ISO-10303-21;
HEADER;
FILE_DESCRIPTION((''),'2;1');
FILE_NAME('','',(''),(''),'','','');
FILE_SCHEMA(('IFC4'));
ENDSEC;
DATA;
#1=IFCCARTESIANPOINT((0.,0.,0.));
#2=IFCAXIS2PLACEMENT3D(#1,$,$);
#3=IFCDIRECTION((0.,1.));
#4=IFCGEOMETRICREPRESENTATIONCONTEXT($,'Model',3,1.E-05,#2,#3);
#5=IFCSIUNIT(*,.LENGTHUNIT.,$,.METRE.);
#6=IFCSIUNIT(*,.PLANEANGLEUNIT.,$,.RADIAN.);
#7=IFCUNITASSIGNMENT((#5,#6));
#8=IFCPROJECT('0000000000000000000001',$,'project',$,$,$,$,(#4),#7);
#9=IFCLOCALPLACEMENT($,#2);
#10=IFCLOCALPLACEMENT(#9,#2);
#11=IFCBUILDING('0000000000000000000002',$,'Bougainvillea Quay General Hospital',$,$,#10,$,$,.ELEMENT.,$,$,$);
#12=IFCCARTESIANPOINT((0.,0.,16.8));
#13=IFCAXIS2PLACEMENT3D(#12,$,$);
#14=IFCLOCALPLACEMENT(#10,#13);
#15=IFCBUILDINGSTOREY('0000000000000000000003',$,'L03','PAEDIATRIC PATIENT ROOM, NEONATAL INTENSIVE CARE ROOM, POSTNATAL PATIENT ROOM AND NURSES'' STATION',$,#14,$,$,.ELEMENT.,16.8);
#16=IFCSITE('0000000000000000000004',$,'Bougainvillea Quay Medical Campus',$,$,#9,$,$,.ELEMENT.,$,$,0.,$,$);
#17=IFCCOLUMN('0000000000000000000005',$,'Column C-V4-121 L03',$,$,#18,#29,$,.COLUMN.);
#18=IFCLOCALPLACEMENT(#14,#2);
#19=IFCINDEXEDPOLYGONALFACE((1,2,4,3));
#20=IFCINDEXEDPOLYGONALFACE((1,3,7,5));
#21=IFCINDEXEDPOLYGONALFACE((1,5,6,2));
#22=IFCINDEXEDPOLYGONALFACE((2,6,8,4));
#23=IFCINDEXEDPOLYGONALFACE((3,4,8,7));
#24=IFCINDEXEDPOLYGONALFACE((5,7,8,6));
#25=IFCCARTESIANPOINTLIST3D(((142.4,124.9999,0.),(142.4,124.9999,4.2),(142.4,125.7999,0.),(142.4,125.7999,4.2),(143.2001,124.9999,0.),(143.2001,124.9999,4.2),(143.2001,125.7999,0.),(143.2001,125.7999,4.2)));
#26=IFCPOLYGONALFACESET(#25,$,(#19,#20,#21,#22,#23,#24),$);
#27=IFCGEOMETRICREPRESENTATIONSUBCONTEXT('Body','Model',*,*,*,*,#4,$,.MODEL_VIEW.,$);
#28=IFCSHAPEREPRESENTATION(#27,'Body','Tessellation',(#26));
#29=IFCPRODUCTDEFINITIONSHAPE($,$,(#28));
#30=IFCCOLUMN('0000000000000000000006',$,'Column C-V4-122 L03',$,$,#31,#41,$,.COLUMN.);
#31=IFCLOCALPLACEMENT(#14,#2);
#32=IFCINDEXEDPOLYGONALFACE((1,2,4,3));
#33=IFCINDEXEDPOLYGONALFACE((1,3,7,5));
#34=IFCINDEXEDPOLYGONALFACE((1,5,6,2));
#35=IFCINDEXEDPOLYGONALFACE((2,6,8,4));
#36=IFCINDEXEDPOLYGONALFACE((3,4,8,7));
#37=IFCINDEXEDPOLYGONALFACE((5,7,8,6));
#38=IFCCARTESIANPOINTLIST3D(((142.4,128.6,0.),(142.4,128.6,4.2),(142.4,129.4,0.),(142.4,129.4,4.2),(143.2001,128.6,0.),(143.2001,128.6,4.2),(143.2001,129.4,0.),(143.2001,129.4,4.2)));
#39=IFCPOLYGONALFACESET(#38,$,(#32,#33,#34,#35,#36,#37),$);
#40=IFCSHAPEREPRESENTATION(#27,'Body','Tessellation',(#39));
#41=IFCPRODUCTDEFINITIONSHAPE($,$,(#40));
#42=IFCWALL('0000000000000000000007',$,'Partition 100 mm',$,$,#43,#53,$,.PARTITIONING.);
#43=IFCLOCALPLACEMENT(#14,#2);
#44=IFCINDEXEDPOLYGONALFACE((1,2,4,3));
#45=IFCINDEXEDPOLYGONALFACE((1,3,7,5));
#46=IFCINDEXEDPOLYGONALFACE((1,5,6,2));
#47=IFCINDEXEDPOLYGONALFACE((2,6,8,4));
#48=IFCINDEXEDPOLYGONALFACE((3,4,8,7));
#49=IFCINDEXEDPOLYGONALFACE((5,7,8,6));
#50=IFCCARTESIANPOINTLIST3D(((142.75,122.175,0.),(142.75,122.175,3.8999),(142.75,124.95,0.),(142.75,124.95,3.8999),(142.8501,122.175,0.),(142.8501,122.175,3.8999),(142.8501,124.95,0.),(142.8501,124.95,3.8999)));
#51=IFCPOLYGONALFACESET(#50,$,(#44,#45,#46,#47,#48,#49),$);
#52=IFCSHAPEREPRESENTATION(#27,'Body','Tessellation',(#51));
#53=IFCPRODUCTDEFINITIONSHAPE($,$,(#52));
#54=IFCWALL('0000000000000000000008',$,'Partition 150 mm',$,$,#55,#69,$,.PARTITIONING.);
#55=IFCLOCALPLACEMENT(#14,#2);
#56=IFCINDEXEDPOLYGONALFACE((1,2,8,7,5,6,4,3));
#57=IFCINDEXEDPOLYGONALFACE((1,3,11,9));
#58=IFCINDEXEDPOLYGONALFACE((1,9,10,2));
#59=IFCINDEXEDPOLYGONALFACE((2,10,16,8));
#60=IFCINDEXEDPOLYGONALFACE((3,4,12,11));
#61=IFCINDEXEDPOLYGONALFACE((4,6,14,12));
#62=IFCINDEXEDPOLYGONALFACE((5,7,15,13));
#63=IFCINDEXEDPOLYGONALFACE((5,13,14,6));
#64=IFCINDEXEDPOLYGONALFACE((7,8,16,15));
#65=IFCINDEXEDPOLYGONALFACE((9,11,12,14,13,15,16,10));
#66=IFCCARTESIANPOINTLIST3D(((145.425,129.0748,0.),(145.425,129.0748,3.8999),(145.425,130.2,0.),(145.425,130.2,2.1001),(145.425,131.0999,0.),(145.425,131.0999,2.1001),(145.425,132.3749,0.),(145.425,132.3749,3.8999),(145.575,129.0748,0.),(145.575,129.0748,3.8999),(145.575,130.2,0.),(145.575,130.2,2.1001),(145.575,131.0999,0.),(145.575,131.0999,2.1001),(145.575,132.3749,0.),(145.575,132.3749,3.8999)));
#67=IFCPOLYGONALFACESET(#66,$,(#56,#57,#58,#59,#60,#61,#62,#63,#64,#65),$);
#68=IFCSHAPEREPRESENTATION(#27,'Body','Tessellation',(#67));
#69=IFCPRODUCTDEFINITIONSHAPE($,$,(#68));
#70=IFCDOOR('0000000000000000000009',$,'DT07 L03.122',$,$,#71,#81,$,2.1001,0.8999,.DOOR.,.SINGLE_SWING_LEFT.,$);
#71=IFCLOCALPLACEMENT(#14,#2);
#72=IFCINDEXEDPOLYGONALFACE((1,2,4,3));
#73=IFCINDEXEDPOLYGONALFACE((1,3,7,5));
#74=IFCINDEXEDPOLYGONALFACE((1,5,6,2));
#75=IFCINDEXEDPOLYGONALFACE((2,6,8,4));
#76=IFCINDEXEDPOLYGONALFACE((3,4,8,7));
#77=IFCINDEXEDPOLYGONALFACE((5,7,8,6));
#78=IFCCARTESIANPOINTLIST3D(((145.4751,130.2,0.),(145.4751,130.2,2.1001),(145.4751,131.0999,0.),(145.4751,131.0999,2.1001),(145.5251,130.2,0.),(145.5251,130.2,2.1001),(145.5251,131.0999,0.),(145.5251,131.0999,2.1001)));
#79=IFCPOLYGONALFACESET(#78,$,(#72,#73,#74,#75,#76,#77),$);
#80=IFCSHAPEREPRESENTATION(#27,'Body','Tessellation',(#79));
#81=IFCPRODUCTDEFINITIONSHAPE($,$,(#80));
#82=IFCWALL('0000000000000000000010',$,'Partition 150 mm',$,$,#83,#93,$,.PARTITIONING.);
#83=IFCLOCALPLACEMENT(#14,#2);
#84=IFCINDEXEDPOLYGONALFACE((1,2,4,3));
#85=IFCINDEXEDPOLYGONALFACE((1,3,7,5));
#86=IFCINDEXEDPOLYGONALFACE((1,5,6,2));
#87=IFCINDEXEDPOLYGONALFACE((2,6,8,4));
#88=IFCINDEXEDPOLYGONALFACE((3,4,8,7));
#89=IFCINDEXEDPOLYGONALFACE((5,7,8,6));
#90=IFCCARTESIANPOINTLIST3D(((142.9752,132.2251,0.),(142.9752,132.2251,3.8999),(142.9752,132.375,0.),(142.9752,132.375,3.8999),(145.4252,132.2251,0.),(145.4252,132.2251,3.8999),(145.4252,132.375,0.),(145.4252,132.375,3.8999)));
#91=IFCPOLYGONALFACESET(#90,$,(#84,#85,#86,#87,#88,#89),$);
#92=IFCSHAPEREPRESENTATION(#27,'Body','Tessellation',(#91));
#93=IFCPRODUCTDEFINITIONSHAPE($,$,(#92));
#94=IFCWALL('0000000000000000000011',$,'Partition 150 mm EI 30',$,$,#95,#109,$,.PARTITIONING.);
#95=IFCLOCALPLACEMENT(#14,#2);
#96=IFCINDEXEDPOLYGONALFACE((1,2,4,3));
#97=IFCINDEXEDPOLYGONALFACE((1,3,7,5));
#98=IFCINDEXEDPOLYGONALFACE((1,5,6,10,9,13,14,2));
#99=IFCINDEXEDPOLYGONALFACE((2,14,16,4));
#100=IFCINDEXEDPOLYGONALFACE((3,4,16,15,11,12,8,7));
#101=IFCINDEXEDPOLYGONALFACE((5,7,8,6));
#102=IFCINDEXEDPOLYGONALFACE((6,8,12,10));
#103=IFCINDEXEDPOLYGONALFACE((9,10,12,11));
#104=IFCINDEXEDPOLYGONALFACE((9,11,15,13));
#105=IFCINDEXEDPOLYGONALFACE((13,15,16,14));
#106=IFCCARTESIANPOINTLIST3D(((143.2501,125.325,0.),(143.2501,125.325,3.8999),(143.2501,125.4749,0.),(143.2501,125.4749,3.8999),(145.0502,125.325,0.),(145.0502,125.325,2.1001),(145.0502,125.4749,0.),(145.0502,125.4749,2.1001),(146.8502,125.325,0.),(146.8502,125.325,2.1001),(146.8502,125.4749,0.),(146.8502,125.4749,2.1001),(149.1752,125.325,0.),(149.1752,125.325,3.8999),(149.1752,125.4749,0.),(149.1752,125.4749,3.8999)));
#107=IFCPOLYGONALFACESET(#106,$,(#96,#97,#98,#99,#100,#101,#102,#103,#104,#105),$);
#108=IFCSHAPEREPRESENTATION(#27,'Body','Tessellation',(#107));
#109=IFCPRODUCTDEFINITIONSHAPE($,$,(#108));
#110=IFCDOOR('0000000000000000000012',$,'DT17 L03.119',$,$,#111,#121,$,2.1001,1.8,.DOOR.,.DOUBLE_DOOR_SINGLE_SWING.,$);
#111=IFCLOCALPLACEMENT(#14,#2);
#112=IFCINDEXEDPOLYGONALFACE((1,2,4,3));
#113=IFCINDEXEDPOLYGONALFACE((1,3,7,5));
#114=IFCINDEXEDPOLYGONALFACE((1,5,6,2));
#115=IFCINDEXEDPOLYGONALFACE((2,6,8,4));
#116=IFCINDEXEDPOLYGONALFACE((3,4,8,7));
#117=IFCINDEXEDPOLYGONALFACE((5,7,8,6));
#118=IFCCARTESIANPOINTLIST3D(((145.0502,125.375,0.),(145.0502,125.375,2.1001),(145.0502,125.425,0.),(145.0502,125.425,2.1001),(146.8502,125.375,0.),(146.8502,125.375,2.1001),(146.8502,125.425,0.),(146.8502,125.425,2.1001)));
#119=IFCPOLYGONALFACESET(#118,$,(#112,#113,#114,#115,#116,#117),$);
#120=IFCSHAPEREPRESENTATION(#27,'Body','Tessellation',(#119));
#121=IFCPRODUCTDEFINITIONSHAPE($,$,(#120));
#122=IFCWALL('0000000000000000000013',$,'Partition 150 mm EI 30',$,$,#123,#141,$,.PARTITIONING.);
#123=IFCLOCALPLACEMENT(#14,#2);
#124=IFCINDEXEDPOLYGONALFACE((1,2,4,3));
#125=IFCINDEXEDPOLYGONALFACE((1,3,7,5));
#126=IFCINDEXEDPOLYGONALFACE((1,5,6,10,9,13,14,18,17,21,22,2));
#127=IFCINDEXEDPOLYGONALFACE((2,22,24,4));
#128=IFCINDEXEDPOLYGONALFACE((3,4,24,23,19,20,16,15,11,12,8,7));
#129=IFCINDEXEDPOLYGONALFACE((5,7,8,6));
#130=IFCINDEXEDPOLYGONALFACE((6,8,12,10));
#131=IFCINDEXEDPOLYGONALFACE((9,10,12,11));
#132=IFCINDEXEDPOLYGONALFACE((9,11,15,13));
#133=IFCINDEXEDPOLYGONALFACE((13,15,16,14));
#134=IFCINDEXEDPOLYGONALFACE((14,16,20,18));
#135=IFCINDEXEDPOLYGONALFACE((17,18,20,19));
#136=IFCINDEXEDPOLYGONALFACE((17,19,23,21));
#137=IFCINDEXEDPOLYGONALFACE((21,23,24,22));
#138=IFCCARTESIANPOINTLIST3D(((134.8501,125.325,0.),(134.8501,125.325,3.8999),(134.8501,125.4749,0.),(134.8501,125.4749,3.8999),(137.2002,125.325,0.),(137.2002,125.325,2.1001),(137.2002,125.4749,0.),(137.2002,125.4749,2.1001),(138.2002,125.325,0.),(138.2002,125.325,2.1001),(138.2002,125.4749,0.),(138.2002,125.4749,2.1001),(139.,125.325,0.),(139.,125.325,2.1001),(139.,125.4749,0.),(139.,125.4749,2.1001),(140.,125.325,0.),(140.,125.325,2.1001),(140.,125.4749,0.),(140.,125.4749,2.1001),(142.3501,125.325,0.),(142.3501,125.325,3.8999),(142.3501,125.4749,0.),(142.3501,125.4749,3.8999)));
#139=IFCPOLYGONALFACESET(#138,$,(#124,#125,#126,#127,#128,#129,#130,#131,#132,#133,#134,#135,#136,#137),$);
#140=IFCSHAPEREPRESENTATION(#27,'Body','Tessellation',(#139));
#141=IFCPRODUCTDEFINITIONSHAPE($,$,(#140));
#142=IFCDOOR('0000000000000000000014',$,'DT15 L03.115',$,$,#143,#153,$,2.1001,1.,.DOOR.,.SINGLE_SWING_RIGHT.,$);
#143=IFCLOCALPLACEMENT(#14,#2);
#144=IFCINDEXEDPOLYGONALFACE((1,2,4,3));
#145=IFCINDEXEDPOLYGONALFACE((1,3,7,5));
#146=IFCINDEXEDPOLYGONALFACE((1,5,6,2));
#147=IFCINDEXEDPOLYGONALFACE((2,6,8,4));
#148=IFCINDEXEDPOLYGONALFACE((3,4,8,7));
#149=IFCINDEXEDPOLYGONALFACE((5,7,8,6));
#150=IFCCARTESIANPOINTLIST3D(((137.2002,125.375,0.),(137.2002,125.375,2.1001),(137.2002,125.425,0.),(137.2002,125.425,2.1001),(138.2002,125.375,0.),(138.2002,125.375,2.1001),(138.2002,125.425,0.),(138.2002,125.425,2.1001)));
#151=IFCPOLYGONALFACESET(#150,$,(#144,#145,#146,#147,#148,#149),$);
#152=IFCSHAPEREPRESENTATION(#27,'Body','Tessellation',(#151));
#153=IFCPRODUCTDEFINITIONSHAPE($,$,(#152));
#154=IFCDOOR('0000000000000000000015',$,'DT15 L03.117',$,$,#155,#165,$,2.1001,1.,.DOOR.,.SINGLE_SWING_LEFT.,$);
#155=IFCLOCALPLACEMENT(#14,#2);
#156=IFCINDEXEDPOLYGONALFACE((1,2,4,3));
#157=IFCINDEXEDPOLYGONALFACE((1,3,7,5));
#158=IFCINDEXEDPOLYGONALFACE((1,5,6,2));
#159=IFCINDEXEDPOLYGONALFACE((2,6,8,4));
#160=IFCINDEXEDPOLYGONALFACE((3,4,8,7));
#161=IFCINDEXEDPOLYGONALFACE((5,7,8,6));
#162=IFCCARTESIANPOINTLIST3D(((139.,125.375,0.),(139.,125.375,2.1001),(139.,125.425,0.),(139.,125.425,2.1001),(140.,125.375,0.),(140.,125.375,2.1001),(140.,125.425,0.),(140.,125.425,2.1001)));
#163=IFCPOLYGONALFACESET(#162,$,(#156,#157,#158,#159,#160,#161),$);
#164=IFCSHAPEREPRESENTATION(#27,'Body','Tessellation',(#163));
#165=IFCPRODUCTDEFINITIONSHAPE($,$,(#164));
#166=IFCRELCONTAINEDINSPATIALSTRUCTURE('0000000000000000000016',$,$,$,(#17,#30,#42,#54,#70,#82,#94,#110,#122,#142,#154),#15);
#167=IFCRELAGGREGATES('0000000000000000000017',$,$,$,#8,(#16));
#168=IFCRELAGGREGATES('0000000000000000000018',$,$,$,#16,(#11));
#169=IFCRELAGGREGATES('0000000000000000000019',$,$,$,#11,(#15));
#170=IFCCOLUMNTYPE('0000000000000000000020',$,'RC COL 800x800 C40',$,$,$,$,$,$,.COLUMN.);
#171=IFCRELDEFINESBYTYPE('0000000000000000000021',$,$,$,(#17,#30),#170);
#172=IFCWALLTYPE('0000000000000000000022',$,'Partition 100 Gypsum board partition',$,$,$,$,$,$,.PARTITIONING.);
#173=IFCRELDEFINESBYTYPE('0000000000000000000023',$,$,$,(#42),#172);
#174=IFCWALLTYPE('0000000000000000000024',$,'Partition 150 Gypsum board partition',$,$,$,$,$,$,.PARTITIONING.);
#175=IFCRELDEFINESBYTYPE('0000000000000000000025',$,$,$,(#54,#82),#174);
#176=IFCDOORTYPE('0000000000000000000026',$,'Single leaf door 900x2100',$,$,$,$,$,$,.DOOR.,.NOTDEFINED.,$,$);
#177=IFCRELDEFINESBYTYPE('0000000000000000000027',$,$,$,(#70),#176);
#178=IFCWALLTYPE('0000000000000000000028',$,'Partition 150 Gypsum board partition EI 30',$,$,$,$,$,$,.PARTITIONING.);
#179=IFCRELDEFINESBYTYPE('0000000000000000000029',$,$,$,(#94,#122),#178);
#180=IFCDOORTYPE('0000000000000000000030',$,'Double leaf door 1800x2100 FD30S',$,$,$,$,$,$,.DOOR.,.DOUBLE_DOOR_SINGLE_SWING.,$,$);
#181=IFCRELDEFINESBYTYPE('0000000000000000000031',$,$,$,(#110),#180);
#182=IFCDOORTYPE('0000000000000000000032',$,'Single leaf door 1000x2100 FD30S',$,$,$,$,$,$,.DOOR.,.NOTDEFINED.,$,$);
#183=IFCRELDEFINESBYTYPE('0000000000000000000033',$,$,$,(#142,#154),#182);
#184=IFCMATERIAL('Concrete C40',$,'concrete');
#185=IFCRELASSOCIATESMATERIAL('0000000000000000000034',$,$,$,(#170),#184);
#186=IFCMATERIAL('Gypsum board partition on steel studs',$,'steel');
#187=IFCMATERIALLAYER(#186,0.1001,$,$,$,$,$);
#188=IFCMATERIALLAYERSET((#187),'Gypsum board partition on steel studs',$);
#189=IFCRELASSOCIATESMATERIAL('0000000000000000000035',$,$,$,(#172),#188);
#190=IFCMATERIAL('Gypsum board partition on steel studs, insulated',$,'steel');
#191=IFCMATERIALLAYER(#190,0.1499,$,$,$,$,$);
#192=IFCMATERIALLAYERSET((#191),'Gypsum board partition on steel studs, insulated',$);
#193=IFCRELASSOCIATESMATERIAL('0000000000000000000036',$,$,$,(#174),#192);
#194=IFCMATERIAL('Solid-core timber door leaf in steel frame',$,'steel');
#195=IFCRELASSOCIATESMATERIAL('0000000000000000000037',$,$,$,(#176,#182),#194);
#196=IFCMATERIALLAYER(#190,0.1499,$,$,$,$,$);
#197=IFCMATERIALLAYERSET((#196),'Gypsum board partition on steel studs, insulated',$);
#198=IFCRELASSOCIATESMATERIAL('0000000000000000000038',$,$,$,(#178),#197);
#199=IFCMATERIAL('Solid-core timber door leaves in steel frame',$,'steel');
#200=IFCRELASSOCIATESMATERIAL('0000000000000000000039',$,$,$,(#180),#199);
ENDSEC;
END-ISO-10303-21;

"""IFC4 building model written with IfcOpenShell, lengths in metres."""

from ifc_helpers import new_model, si_unit, direction, frame, frame_2d, origin, origin_2d, place, context, subcontext, project, spatial, rectangle, extrude, material, layer, layer_set, material_profile, profile_set, type_object, element, fill, save


model = new_model("IFC4")

# Units and contexts
model_context = context("Model", 3, precision=1e-05, world=origin(), true_north=direction((0.0, 1.0)))
body_context = subcontext(model_context, "Body", "Model", "MODEL_VIEW")
ifc_project = project(units=[si_unit("LENGTHUNIT", "METRE"), si_unit("PLANEANGLEUNIT", "RADIAN")], contexts=[model_context])

# Site, building, storey
site_placement = place(None, origin())
site = spatial("IfcSite", under=ifc_project, at=site_placement, Name="Bougainvillea Quay Medical Campus", CompositionType="ELEMENT", RefElevation=0.0)
building_placement = place(site_placement, origin())
building = spatial("IfcBuilding", under=site, at=building_placement, Name="Bougainvillea Quay General Hospital", CompositionType="ELEMENT")
storey_placement = place(building_placement, frame((0.0, 0.0, 16.8)))
storey = spatial("IfcBuildingStorey", under=building, at=storey_placement, Name="L03", Description="PAEDIATRIC PATIENT ROOM, NEONATAL INTENSIVE CARE ROOM, POSTNATAL PATIENT ROOM AND NURSES' STATION", CompositionType="ELEMENT", Elevation=16.8)

# Columns
ifc_material_1 = material(Name="Concrete C40", Category="concrete")
ifc_material_profile_1 = material_profile(ifc_material_1, rectangle(XDim=0.8, YDim=0.8, at=origin_2d()))
ifc_profile_set_1 = profile_set([ifc_material_profile_1], Name="Concrete C40")
column_type = type_object("IfcColumnType", Name="RC COL 800x800 C40", PredefinedType="COLUMN", material=ifc_profile_set_1)
for number, where, z_axis, x_axis, name in (
    (1, (142.8, 125.3999, 0.0), (0.0, 0.0, 1.0), (1.0, 0.0, 0.0), "Column C-V4-121 L03"),
    (2, (142.8, 129.0, 0.0), (0.0, 0.0, 1.0), (1.0, 0.0, 0.0), "Column C-V4-122 L03"),
):
    element("IfcColumn", number, at=place(storey_placement, frame(where, z_axis=z_axis, x_axis=x_axis)), inside=storey, type_object=column_type, Name=name, PredefinedType="COLUMN", context=body_context, shape_type="SweptSolid", body=[
        extrude(rectangle(XDim=0.8, YDim=0.8, at=origin_2d()), origin(), (0.0, 0.0, 1.0), 4.2),
    ])

# Wall
ifc_material_2 = material(Name="Gypsum board partition on steel studs", Category="steel")
ifc_layer_1 = layer(ifc_material_2, 0.1001)
ifc_layer_set_1 = layer_set([ifc_layer_1], Name="Gypsum board partition on steel studs")
wall_type_1 = type_object("IfcWallType", Name="Partition 100 Gypsum board partition", PredefinedType="PARTITIONING", material=ifc_layer_set_1)
wall_1_placement = place(storey_placement, frame((142.8, 122.175, 0.0), z_axis=(0.0, 0.0, 1.0), x_axis=(0.0, 1.0, 0.0)))
element("IfcWall", 3, at=wall_1_placement, inside=storey, type_object=wall_type_1, Name="Partition 100 mm", PredefinedType="PARTITIONING", context=body_context, shape_type="SweptSolid", body=[
    extrude(rectangle(XDim=2.7749, YDim=0.1001, at=frame_2d((1.3875, 0.0))), origin(), (0.0, 0.0, 1.0), 3.8999),
])

# Wall, opening, door
ifc_material_3 = material(Name="Gypsum board partition on steel studs, insulated", Category="steel")
ifc_layer_2 = layer(ifc_material_3, 0.1499)
ifc_layer_set_2 = layer_set([ifc_layer_2], Name="Gypsum board partition on steel studs, insulated")
wall_type_2 = type_object("IfcWallType", Name="Partition 150 Gypsum board partition", PredefinedType="PARTITIONING", material=ifc_layer_set_2)
wall_2_placement = place(storey_placement, frame((145.5, 129.075, 0.0), z_axis=(0.0, 0.0, 1.0), x_axis=(0.0, 1.0, 0.0)))
wall_2 = element("IfcWall", 4, at=wall_2_placement, inside=storey, type_object=wall_type_2, Name="Partition 150 mm", PredefinedType="PARTITIONING", context=body_context, shape_type="SweptSolid", body=[
    extrude(rectangle(XDim=3.3, YDim=0.1499, at=frame_2d((1.6499, 0.0))), origin(), (0.0, 0.0, 1.0), 3.8999),
])
opening_1_placement = place(wall_2_placement, frame((1.125, 0.0, 0.0)))
opening_1 = element("IfcOpeningElement", 5, at=opening_1_placement, cuts=wall_2, PredefinedType="OPENING", context=body_context, shape_type="SweptSolid", body=[
    extrude(rectangle(XDim=0.8999, YDim=2.1001, at=frame_2d((0.45, 1.05))), frame((0.0, 0.085, 0.0), z_axis=(0.0, -1.0, 0.0), x_axis=(1.0, 0.0, 0.0)), (0.0, 0.0, 1.0), 0.1699),
])
ifc_material_4 = material(Name="Solid-core timber door leaf in steel frame", Category="steel")
door_type_1 = type_object("IfcDoorType", Name="Single leaf door 900x2100", OperationType="NOTDEFINED", PredefinedType="DOOR", material=ifc_material_4)
door_1_placement = place(opening_1_placement, origin())
door_1 = element("IfcDoor", 6, at=door_1_placement, inside=storey, type_object=door_type_1, Name="DT07 L03.122", OperationType="SINGLE_SWING_LEFT", OverallHeight=2.1001, OverallWidth=0.8999, PredefinedType="DOOR", context=body_context, shape_type="SweptSolid", body=[
    extrude(rectangle(XDim=0.8999, YDim=2.1001, at=frame_2d((0.45, 1.05))), frame((0.0, 0.0249, 0.0), z_axis=(0.0, -1.0, 0.0), x_axis=(1.0, 0.0, 0.0)), (0.0, 0.0, 1.0), 0.05),
])
fill(opening_1, door_1)

# Wall
wall_3_placement = place(storey_placement, frame((142.9751, 132.3, 0.0), z_axis=(0.0, 0.0, 1.0), x_axis=(1.0, 0.0, 0.0)))
element("IfcWall", 7, at=wall_3_placement, inside=storey, type_object=wall_type_2, Name="Partition 150 mm", PredefinedType="PARTITIONING", context=body_context, shape_type="SweptSolid", body=[
    extrude(rectangle(XDim=2.45, YDim=0.1499, at=frame_2d((1.2251, 0.0))), origin(), (0.0, 0.0, 1.0), 3.8999),
])

# Wall, opening, door
ifc_layer_3 = layer(ifc_material_3, 0.1499)
ifc_layer_set_3 = layer_set([ifc_layer_3], Name="Gypsum board partition on steel studs, insulated")
wall_type_3 = type_object("IfcWallType", Name="Partition 150 Gypsum board partition EI 30", PredefinedType="PARTITIONING", material=ifc_layer_set_3)
wall_4_placement = place(storey_placement, frame((149.175, 125.3999, 0.0), z_axis=(0.0, 0.0, 1.0), x_axis=(-1.0, 0.0, 0.0)))
wall_4 = element("IfcWall", 8, at=wall_4_placement, inside=storey, type_object=wall_type_3, Name="Partition 150 mm EI 30", PredefinedType="PARTITIONING", context=body_context, shape_type="SweptSolid", body=[
    extrude(rectangle(XDim=5.925, YDim=0.1499, at=frame_2d((2.9624, 0.0))), origin(), (0.0, 0.0, 1.0), 3.8999),
])
opening_2_placement = place(wall_4_placement, frame((2.325, 0.0, 0.0)))
opening_2 = element("IfcOpeningElement", 9, at=opening_2_placement, cuts=wall_4, PredefinedType="OPENING", context=body_context, shape_type="SweptSolid", body=[
    extrude(rectangle(XDim=1.8, YDim=2.1001, at=frame_2d((0.8999, 1.05))), frame((0.0, 0.085, 0.0), z_axis=(0.0, -1.0, 0.0), x_axis=(1.0, 0.0, 0.0)), (0.0, 0.0, 1.0), 0.1699),
])
ifc_material_5 = material(Name="Solid-core timber door leaves in steel frame", Category="steel")
door_type_2 = type_object("IfcDoorType", Name="Double leaf door 1800x2100 FD30S", OperationType="DOUBLE_DOOR_SINGLE_SWING", PredefinedType="DOOR", material=ifc_material_5)
door_2_placement = place(opening_2_placement, origin())
door_2 = element("IfcDoor", 10, at=door_2_placement, inside=storey, type_object=door_type_2, Name="DT17 L03.119", OperationType="DOUBLE_DOOR_SINGLE_SWING", OverallHeight=2.1001, OverallWidth=1.8, PredefinedType="DOOR", context=body_context, shape_type="SweptSolid", body=[
    extrude(rectangle(XDim=1.8, YDim=2.1001, at=frame_2d((0.8999, 1.05))), frame((0.0, 0.0249, 0.0), z_axis=(0.0, -1.0, 0.0), x_axis=(1.0, 0.0, 0.0)), (0.0, 0.0, 1.0), 0.05),
])
fill(opening_2, door_2)

# Wall, openings, doors
wall_5_placement = place(storey_placement, frame((142.3501, 125.3999, 0.0), z_axis=(0.0, 0.0, 1.0), x_axis=(-1.0, 0.0, 0.0)))
wall_5 = element("IfcWall", 11, at=wall_5_placement, inside=storey, type_object=wall_type_3, Name="Partition 150 mm EI 30", PredefinedType="PARTITIONING", context=body_context, shape_type="SweptSolid", body=[
    extrude(rectangle(XDim=7.5, YDim=0.1499, at=frame_2d((3.75, 0.0))), origin(), (0.0, 0.0, 1.0), 3.8999),
])
opening_3_placement = place(wall_5_placement, frame((4.1499, 0.0, 0.0)))
opening_3 = element("IfcOpeningElement", 12, at=opening_3_placement, cuts=wall_5, PredefinedType="OPENING", context=body_context, shape_type="SweptSolid", body=[
    extrude(rectangle(XDim=1.0, YDim=2.1001, at=frame_2d((0.5, 1.05))), frame((0.0, 0.085, 0.0), z_axis=(0.0, -1.0, 0.0), x_axis=(1.0, 0.0, 0.0)), (0.0, 0.0, 1.0), 0.1699),
])
opening_4_placement = place(wall_5_placement, frame((2.3501, 0.0, 0.0)))
opening_4 = element("IfcOpeningElement", 13, at=opening_4_placement, cuts=wall_5, PredefinedType="OPENING", context=body_context, shape_type="SweptSolid", body=[
    extrude(rectangle(XDim=1.0, YDim=2.1001, at=frame_2d((0.5, 1.05))), frame((0.0, 0.085, 0.0), z_axis=(0.0, -1.0, 0.0), x_axis=(1.0, 0.0, 0.0)), (0.0, 0.0, 1.0), 0.1699),
])
door_type_3 = type_object("IfcDoorType", Name="Single leaf door 1000x2100 FD30S", OperationType="NOTDEFINED", PredefinedType="DOOR", material=ifc_material_4)
door_3_placement = place(opening_3_placement, origin())
door_3 = element("IfcDoor", 14, at=door_3_placement, inside=storey, type_object=door_type_3, Name="DT15 L03.115", OperationType="SINGLE_SWING_RIGHT", OverallHeight=2.1001, OverallWidth=1.0, PredefinedType="DOOR", context=body_context, shape_type="SweptSolid", body=[
    extrude(rectangle(XDim=1.0, YDim=2.1001, at=frame_2d((0.5, 1.05))), frame((0.0, 0.0249, 0.0), z_axis=(0.0, -1.0, 0.0), x_axis=(1.0, 0.0, 0.0)), (0.0, 0.0, 1.0), 0.05),
])
fill(opening_3, door_3)
door_4_placement = place(opening_4_placement, origin())
door_4 = element("IfcDoor", 15, at=door_4_placement, inside=storey, type_object=door_type_3, Name="DT15 L03.117", OperationType="SINGLE_SWING_LEFT", OverallHeight=2.1001, OverallWidth=1.0, PredefinedType="DOOR", context=body_context, shape_type="SweptSolid", body=[
    extrude(rectangle(XDim=1.0, YDim=2.1001, at=frame_2d((0.5, 1.05))), frame((0.0, 0.0249, 0.0), z_axis=(0.0, -1.0, 0.0), x_axis=(1.0, 0.0, 0.0)), (0.0, 0.0, 1.0), 0.05),
])
fill(opening_4, door_4)

save(model, "model.ifc")
